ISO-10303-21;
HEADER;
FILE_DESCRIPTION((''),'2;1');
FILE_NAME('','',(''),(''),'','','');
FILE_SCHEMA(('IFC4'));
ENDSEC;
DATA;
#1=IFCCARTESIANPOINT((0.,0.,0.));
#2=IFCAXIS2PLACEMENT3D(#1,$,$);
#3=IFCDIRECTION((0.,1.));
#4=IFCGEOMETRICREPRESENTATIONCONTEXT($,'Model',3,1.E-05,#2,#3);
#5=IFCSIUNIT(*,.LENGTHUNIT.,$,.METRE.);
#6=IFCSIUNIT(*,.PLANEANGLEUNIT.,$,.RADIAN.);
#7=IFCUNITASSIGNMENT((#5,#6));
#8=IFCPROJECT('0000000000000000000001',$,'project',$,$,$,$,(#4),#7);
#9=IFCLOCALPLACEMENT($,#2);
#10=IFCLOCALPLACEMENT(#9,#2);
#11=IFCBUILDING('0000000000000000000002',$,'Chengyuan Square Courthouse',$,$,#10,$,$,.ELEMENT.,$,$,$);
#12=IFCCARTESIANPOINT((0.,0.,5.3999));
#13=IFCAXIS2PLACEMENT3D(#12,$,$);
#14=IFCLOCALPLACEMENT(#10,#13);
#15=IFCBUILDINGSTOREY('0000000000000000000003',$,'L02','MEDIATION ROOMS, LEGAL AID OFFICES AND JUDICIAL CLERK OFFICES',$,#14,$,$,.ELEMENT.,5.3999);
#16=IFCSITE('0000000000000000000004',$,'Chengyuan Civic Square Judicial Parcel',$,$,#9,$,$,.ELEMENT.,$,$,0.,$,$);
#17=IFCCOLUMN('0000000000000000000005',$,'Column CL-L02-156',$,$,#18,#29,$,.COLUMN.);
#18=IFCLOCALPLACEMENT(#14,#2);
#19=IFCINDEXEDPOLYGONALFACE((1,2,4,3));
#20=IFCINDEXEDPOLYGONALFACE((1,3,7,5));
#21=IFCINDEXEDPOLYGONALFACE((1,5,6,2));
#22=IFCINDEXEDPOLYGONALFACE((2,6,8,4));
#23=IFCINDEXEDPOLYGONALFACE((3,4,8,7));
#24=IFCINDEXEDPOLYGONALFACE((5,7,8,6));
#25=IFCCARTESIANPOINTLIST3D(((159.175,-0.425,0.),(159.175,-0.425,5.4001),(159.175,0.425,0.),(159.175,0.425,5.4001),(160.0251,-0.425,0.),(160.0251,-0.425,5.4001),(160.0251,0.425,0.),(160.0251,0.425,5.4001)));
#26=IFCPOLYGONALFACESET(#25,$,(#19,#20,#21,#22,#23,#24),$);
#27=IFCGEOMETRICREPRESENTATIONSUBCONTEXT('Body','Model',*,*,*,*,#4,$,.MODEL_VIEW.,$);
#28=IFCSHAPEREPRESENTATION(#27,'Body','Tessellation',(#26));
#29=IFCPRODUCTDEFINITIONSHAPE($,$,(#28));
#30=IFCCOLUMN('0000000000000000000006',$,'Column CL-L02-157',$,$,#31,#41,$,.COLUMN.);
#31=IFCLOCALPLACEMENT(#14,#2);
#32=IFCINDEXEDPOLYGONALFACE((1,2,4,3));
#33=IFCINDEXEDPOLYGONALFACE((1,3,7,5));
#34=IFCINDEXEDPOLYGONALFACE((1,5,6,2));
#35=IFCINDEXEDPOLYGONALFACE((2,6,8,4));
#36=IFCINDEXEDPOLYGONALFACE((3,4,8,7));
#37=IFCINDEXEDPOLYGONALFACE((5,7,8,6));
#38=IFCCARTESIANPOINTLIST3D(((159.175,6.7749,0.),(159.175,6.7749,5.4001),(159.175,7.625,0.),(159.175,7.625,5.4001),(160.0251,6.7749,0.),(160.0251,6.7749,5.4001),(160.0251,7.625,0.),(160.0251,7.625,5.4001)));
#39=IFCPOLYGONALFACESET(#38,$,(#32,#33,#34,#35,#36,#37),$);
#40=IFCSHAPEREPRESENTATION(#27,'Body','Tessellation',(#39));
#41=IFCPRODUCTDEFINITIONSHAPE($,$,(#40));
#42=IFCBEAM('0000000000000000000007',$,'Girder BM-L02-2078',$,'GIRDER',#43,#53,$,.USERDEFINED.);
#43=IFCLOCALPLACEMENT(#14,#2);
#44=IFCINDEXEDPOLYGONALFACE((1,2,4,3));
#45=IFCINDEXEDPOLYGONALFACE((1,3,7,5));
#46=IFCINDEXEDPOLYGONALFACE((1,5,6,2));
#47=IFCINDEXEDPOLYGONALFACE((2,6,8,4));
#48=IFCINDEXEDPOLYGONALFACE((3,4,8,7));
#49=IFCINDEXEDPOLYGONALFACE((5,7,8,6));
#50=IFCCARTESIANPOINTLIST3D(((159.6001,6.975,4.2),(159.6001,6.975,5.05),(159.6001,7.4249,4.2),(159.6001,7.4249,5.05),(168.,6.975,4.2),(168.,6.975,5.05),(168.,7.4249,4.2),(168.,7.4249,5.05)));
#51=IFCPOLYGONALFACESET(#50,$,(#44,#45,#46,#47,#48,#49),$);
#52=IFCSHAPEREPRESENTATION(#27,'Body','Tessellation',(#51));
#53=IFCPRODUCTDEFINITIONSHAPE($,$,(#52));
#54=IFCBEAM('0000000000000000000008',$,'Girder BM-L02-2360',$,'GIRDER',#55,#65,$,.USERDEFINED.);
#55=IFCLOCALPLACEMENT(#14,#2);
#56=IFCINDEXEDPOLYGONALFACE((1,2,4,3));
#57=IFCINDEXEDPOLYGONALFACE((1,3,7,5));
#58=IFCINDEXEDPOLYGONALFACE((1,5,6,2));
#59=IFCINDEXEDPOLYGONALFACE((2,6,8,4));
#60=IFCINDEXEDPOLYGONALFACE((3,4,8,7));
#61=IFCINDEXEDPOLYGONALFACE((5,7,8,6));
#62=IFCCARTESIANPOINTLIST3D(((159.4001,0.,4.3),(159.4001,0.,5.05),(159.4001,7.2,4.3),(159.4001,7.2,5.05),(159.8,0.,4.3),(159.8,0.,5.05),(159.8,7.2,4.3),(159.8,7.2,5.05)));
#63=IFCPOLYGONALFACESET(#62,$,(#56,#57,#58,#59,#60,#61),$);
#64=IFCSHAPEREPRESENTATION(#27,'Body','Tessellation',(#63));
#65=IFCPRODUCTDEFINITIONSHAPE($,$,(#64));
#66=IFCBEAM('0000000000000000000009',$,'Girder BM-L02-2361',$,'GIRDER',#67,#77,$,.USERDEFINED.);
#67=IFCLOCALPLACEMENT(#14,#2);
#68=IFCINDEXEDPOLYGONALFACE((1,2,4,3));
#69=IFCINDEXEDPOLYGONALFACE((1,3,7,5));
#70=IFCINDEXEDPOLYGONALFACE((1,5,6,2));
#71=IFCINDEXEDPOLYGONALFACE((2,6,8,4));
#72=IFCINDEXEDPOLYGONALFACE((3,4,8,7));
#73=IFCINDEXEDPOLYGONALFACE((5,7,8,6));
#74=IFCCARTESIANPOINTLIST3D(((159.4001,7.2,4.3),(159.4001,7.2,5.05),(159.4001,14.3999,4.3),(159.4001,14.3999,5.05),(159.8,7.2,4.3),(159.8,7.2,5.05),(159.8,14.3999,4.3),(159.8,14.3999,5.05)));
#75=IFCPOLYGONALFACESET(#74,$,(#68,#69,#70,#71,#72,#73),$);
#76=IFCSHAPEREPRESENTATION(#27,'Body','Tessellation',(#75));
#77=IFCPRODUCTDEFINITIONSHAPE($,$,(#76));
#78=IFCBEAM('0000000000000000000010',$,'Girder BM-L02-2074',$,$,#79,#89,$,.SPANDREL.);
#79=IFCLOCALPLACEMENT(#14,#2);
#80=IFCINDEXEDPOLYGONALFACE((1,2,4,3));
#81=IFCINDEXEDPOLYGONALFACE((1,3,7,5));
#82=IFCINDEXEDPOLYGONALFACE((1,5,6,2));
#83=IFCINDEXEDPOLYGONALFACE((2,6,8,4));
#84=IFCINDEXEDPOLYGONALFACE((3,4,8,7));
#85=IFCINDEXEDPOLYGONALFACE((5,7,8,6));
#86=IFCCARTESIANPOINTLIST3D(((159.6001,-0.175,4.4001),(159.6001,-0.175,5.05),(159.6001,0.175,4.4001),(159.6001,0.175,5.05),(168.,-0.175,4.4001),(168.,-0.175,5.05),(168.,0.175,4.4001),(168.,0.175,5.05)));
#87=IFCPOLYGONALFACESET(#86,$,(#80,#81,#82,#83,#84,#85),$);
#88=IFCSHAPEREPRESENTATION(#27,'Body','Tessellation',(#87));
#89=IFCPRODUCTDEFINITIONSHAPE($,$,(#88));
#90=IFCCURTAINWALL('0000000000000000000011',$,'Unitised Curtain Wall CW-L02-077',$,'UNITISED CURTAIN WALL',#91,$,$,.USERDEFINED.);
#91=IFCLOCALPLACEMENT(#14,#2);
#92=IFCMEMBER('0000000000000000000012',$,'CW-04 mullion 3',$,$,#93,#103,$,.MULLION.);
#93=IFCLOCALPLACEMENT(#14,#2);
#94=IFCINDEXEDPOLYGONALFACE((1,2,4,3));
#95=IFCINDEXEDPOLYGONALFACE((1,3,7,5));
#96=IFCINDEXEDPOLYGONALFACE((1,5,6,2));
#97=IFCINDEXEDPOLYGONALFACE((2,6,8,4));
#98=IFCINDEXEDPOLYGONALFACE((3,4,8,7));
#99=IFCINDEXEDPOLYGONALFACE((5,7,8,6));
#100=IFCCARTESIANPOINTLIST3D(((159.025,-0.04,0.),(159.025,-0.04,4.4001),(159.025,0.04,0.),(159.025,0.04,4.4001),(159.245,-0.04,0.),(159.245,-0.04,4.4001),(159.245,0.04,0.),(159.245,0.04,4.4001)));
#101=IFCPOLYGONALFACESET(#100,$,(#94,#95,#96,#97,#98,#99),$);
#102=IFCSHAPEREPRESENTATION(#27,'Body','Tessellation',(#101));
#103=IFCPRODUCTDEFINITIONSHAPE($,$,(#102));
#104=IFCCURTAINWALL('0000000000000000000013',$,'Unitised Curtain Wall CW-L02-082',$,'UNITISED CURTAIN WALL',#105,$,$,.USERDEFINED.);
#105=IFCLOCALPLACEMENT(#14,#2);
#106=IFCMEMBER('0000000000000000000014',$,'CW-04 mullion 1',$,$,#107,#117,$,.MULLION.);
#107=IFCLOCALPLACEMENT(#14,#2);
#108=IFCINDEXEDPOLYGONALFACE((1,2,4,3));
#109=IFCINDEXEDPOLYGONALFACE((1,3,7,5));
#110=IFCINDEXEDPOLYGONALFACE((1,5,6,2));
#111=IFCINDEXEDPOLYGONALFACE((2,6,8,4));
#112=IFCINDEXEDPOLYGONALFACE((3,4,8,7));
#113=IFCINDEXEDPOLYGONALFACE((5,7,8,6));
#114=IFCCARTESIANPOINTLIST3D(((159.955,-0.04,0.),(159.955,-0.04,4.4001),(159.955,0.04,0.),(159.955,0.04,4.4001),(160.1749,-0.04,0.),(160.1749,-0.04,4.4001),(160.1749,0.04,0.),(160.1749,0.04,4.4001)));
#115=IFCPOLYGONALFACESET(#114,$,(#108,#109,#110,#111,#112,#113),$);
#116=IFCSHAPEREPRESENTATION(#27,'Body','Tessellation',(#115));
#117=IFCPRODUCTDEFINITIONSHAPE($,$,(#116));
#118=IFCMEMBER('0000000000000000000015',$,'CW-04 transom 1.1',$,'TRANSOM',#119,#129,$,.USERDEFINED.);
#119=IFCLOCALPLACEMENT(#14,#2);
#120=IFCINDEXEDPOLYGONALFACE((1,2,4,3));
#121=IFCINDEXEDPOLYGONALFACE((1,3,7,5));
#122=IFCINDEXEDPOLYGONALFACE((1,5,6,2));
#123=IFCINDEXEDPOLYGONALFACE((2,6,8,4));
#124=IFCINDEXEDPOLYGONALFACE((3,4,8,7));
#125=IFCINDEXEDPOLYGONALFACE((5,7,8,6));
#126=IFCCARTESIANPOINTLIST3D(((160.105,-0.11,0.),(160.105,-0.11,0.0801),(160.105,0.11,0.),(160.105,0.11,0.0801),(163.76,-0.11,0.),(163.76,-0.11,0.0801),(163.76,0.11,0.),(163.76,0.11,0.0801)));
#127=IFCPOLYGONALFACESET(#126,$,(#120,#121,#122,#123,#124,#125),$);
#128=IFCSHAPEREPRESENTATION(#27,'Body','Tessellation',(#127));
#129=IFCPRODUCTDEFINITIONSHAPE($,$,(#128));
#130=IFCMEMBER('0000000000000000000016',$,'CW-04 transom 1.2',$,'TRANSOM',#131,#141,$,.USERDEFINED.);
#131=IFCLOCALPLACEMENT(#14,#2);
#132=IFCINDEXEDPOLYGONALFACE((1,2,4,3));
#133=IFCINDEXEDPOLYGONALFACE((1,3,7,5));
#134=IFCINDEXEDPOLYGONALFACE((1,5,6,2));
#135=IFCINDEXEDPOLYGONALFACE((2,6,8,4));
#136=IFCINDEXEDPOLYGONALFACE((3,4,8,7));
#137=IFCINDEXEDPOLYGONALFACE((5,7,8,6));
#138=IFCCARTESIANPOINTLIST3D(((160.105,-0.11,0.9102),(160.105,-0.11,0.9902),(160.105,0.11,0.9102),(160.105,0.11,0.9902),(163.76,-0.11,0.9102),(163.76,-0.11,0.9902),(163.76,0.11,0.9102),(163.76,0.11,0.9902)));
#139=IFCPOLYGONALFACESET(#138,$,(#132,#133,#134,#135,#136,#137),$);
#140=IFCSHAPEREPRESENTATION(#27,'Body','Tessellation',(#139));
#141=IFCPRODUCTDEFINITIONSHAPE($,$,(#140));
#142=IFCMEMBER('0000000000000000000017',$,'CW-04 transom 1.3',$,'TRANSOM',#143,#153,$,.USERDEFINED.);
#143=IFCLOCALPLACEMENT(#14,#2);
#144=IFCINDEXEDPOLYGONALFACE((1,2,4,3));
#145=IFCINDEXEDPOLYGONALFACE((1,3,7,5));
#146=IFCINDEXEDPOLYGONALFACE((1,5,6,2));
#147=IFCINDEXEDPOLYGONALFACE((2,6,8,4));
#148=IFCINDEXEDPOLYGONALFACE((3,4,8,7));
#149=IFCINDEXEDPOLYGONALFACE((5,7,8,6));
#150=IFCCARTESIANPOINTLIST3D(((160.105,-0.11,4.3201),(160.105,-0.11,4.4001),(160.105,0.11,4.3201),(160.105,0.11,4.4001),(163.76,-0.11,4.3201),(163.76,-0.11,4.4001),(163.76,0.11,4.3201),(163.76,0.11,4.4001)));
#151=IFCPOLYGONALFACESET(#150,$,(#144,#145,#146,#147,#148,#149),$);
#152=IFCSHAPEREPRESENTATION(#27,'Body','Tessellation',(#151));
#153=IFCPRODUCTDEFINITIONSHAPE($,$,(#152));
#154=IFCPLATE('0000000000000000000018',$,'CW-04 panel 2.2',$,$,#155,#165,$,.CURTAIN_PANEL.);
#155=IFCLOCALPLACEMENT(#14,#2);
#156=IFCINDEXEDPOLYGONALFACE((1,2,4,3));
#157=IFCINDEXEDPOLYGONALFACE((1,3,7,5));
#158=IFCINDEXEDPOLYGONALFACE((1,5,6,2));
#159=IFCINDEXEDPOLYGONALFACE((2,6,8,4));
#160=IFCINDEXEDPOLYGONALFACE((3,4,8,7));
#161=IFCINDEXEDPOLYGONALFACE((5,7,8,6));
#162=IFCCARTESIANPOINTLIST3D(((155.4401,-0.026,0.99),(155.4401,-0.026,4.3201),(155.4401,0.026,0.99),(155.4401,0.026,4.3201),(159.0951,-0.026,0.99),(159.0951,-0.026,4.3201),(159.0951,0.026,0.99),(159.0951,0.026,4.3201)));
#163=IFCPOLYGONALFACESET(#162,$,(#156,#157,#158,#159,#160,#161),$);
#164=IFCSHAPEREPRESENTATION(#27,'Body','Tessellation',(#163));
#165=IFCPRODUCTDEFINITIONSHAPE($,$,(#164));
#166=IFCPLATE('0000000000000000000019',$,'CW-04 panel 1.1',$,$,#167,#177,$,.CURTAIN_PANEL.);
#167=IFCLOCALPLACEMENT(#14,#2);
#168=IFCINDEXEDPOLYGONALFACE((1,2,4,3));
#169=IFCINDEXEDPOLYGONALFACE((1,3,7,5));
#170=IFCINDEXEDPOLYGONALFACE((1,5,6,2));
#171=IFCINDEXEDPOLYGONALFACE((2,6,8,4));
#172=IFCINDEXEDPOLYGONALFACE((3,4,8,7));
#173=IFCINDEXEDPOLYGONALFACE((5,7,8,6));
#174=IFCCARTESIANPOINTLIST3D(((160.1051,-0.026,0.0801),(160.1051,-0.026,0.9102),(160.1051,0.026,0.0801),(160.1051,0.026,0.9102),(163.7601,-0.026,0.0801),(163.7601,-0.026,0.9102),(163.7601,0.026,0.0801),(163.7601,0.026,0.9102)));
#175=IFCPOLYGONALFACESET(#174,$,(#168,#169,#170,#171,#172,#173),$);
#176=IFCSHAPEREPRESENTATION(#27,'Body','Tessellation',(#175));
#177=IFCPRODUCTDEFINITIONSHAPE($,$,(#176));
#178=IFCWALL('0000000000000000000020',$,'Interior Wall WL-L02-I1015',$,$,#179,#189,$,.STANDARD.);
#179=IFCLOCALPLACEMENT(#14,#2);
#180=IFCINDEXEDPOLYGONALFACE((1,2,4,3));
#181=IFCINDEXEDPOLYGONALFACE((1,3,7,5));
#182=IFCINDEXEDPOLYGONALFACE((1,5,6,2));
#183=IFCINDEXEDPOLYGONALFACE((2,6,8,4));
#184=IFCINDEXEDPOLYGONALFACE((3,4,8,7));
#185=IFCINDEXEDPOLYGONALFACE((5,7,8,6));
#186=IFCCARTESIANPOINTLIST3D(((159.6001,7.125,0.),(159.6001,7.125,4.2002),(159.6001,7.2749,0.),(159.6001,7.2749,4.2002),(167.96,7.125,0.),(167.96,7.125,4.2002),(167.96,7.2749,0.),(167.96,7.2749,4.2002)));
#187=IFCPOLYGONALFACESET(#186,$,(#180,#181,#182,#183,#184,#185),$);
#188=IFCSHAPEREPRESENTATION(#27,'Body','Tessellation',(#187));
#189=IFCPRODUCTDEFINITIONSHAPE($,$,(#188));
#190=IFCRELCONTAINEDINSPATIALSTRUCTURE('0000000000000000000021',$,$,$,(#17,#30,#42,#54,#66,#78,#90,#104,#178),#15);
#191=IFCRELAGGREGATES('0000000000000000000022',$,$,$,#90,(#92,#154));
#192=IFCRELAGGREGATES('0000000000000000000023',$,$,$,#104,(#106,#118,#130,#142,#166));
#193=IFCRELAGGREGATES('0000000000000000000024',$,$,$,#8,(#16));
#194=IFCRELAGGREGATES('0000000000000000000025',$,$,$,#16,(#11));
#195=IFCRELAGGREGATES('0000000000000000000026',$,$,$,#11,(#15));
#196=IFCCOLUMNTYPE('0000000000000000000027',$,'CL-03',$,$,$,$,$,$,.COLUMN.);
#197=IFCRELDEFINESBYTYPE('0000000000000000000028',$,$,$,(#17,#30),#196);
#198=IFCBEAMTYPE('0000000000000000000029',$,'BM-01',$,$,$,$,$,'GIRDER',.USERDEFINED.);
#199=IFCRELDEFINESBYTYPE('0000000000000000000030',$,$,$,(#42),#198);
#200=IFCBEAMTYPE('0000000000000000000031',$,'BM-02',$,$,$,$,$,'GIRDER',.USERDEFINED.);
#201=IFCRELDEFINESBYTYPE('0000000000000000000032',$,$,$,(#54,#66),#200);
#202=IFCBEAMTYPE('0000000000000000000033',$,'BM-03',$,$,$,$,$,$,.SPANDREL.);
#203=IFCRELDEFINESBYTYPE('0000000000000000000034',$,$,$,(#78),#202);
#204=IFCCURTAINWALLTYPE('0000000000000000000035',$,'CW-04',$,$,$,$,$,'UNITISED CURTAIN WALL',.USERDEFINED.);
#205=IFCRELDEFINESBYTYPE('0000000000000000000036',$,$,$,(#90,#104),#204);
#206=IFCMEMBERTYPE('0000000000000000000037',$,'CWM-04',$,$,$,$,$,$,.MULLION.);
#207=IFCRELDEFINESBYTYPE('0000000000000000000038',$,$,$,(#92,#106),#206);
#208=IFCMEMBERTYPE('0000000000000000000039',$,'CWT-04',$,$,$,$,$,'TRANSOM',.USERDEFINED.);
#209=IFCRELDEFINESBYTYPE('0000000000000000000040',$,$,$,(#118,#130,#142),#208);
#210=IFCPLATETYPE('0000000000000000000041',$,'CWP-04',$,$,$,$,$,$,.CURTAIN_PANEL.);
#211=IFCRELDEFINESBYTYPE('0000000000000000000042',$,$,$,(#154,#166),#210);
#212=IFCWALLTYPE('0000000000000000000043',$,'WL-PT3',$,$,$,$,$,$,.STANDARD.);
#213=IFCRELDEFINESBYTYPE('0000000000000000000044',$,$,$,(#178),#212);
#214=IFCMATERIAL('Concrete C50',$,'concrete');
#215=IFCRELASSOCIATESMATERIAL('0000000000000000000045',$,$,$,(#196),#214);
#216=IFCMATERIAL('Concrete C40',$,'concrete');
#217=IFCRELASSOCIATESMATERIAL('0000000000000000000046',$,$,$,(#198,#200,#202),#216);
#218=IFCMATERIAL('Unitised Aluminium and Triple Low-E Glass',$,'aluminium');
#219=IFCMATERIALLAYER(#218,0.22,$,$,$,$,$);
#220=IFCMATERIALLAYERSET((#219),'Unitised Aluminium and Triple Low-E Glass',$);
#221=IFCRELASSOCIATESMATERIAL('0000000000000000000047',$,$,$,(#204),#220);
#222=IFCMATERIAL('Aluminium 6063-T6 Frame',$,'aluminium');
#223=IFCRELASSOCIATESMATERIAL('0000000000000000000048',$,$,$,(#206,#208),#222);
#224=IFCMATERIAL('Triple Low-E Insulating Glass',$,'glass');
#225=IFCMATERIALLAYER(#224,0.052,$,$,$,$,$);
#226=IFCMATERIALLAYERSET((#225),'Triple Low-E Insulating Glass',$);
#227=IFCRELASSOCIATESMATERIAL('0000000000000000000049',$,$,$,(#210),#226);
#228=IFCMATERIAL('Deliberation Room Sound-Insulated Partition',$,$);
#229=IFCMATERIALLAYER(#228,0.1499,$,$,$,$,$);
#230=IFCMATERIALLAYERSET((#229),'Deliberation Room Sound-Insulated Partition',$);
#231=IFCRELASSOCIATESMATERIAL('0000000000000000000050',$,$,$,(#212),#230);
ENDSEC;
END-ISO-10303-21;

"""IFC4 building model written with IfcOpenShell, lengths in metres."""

from ifc_helpers import new_model, si_unit, direction, frame, frame_2d, origin, origin_2d, place, context, subcontext, project, spatial, rectangle, extrude, material, layer, layer_set, material_profile, profile_set, type_object, element, aggregate, save


model = new_model("IFC4")

# Units and contexts
model_context = context("Model", 3, precision=1e-05, world=origin(), true_north=direction((0.0, 1.0)))
body_context = subcontext(model_context, "Body", "Model", "MODEL_VIEW")
ifc_project = project(units=[si_unit("LENGTHUNIT", "METRE"), si_unit("PLANEANGLEUNIT", "RADIAN")], contexts=[model_context])

# Site, building, storey
site_placement = place(None, origin())
site = spatial("IfcSite", under=ifc_project, at=site_placement, Name="Chengyuan Civic Square Judicial Parcel", CompositionType="ELEMENT", RefElevation=0.0)
building_placement = place(site_placement, origin())
building = spatial("IfcBuilding", under=site, at=building_placement, Name="Chengyuan Square Courthouse", CompositionType="ELEMENT")
storey_placement = place(building_placement, frame((0.0, 0.0, 5.3999)))
storey = spatial("IfcBuildingStorey", under=building, at=storey_placement, Name="L02", Description="MEDIATION ROOMS, LEGAL AID OFFICES AND JUDICIAL CLERK OFFICES", CompositionType="ELEMENT", Elevation=5.3999)

# Columns
ifc_material_1 = material(Name="Concrete C50", Category="concrete")
ifc_material_profile_1 = material_profile(ifc_material_1, rectangle(XDim=0.8501, YDim=0.8501, at=origin_2d()), Name="RC-COL-850x850")
ifc_profile_set_1 = profile_set([ifc_material_profile_1], Name="Concrete C50")
column_type = type_object("IfcColumnType", Name="CL-03", PredefinedType="COLUMN", material=ifc_profile_set_1)
for number, where, z_axis, x_axis, name in (
    (1, (159.6001, 0.0, 0.0), (0.0, 0.0, 1.0), (1.0, 0.0, 0.0), "Column CL-L02-156"),
    (2, (159.6001, 7.2, 0.0), (0.0, 0.0, 1.0), (1.0, 0.0, 0.0), "Column CL-L02-157"),
):
    element("IfcColumn", number, at=place(storey_placement, frame(where, z_axis=z_axis, x_axis=x_axis)), inside=storey, type_object=column_type, Name=name, PredefinedType="COLUMN", context=body_context, shape_type="SweptSolid", body=[
        extrude(rectangle(XDim=0.8501, YDim=0.8501, at=origin_2d()), origin(), (0.0, 0.0, 1.0), 5.4001),
    ])

# Beams
ifc_material_2 = material(Name="Concrete C40", Category="concrete")
ifc_material_profile_2 = material_profile(ifc_material_2, rectangle(XDim=0.45, YDim=0.8501, at=origin_2d()), Name="RC-BM-450x850")
ifc_profile_set_2 = profile_set([ifc_material_profile_2], Name="Concrete C40")
beam_type_1 = type_object("IfcBeamType", Name="BM-01", ElementType="GIRDER", PredefinedType="USERDEFINED", material=ifc_profile_set_2)
beam_1_placement = place(storey_placement, frame((159.6001, 7.2, 4.625), z_axis=(1.0, 0.0, 0.0), x_axis=(0.0, 1.0, 0.0)))
element("IfcBeam", 3, at=beam_1_placement, inside=storey, type_object=beam_type_1, Name="Girder BM-L02-2078", ObjectType="GIRDER", PredefinedType="USERDEFINED", context=body_context, shape_type="SweptSolid", body=[
    extrude(rectangle(XDim=0.45, YDim=0.8501, at=origin_2d()), origin(), (0.0, 0.0, 1.0), 8.3999),
])
ifc_material_profile_3 = material_profile(ifc_material_2, rectangle(XDim=0.3999, YDim=0.75, at=origin_2d()), Name="RC-BM-400x750")
ifc_profile_set_3 = profile_set([ifc_material_profile_3], Name="Concrete C40")
beam_type_2 = type_object("IfcBeamType", Name="BM-02", ElementType="GIRDER", PredefinedType="USERDEFINED", material=ifc_profile_set_3)
for number, where, z_axis, x_axis, name in (
    (4, (159.6001, 0.0, 4.675), (0.0, 1.0, 0.0), (-1.0, 0.0, 0.0), "Girder BM-L02-2360"),
    (5, (159.6001, 7.2, 4.675), (0.0, 1.0, 0.0), (-1.0, 0.0, 0.0), "Girder BM-L02-2361"),
):
    element("IfcBeam", number, at=place(storey_placement, frame(where, z_axis=z_axis, x_axis=x_axis)), inside=storey, type_object=beam_type_2, Name=name, ObjectType="GIRDER", PredefinedType="USERDEFINED", context=body_context, shape_type="SweptSolid", body=[
        extrude(rectangle(XDim=0.3999, YDim=0.75, at=origin_2d()), origin(), (0.0, 0.0, 1.0), 7.2),
    ])
ifc_material_profile_4 = material_profile(ifc_material_2, rectangle(XDim=0.3501, YDim=0.6499, at=origin_2d()), Name="RC-BM-350x650")
ifc_profile_set_4 = profile_set([ifc_material_profile_4], Name="Concrete C40")
beam_type_3 = type_object("IfcBeamType", Name="BM-03", PredefinedType="SPANDREL", material=ifc_profile_set_4)
beam_2_placement = place(storey_placement, frame((159.6001, 0.0, 4.7251), z_axis=(1.0, 0.0, 0.0), x_axis=(0.0, 1.0, 0.0)))
element("IfcBeam", 6, at=beam_2_placement, inside=storey, type_object=beam_type_3, Name="Girder BM-L02-2074", PredefinedType="SPANDREL", context=body_context, shape_type="SweptSolid", body=[
    extrude(rectangle(XDim=0.3501, YDim=0.6499, at=origin_2d()), origin(), (0.0, 0.0, 1.0), 8.3999),
])

# Curtain wall, member
ifc_material_3 = material(Name="Unitised Aluminium and Triple Low-E Glass", Category="aluminium")
ifc_layer_1 = layer(ifc_material_3, 0.22)
ifc_layer_set_1 = layer_set([ifc_layer_1], Name="Unitised Aluminium and Triple Low-E Glass")
curtain_wall_type = type_object("IfcCurtainWallType", Name="CW-04", ElementType="UNITISED CURTAIN WALL", PredefinedType="USERDEFINED", material=ifc_layer_set_1)
curtain_wall_1_placement = place(storey_placement, origin())
curtain_wall_1 = element("IfcCurtainWall", 7, at=curtain_wall_1_placement, inside=storey, type_object=curtain_wall_type, Name="Unitised Curtain Wall CW-L02-077", ObjectType="UNITISED CURTAIN WALL", PredefinedType="USERDEFINED")
ifc_material_4 = material(Name="Aluminium 6063-T6 Frame", Category="aluminium")
ifc_material_profile_5 = material_profile(ifc_material_4, rectangle(XDim=0.0801, YDim=0.22, at=origin_2d()), Name="CW-MUL-80x220")
ifc_profile_set_5 = profile_set([ifc_material_profile_5], Name="Aluminium 6063-T6 Frame")
member_type_1 = type_object("IfcMemberType", Name="CWM-04", PredefinedType="MULLION", material=ifc_profile_set_5)
member_1_placement = place(storey_placement, frame((159.135, 0.0, 0.0), z_axis=(0.0, 0.0, 1.0), x_axis=(0.0, 1.0, 0.0)))
member_1 = element("IfcMember", 8, at=member_1_placement, type_object=member_type_1, Name="CW-04 mullion 3", PredefinedType="MULLION", context=body_context, shape_type="SweptSolid", body=[
    extrude(rectangle(XDim=0.0801, YDim=0.22, at=origin_2d()), origin(), (0.0, 0.0, 1.0), 4.4001),
])

# Curtain wall, members
curtain_wall_2_placement = place(storey_placement, origin())
curtain_wall_2 = element("IfcCurtainWall", 9, at=curtain_wall_2_placement, inside=storey, type_object=curtain_wall_type, Name="Unitised Curtain Wall CW-L02-082", ObjectType="UNITISED CURTAIN WALL", PredefinedType="USERDEFINED")
member_2_placement = place(storey_placement, frame((160.0649, 0.0, 0.0), z_axis=(0.0, 0.0, 1.0), x_axis=(0.0, 1.0, 0.0)))
member_2 = element("IfcMember", 10, at=member_2_placement, type_object=member_type_1, Name="CW-04 mullion 1", PredefinedType="MULLION", context=body_context, shape_type="SweptSolid", body=[
    extrude(rectangle(XDim=0.0801, YDim=0.22, at=origin_2d()), origin(), (0.0, 0.0, 1.0), 4.4001),
])
ifc_material_profile_6 = material_profile(ifc_material_4, rectangle(XDim=0.22, YDim=0.0801, at=origin_2d()), Name="CW-TRN-80x180")
ifc_profile_set_6 = profile_set([ifc_material_profile_6], Name="Aluminium 6063-T6 Frame")
member_type_2 = type_object("IfcMemberType", Name="CWT-04", ElementType="TRANSOM", PredefinedType="USERDEFINED", material=ifc_profile_set_6)
member_3_placement = place(storey_placement, frame((160.105, 0.0, 0.04), z_axis=(1.0, 0.0, 0.0), x_axis=(0.0, 1.0, 0.0)))
member_3 = element("IfcMember", 11, at=member_3_placement, type_object=member_type_2, Name="CW-04 transom 1.1", ObjectType="TRANSOM", PredefinedType="USERDEFINED", context=body_context, shape_type="SweptSolid", body=[
    extrude(rectangle(XDim=0.22, YDim=0.0801, at=origin_2d()), origin(), (0.0, 0.0, 1.0), 3.655),
])
member_4_placement = place(storey_placement, frame((160.105, 0.0, 0.9502), z_axis=(1.0, 0.0, 0.0), x_axis=(0.0, 1.0, 0.0)))
member_4 = element("IfcMember", 12, at=member_4_placement, type_object=member_type_2, Name="CW-04 transom 1.2", ObjectType="TRANSOM", PredefinedType="USERDEFINED", context=body_context, shape_type="SweptSolid", body=[
    extrude(rectangle(XDim=0.22, YDim=0.0801, at=origin_2d()), origin(), (0.0, 0.0, 1.0), 3.655),
])
member_5_placement = place(storey_placement, frame((160.105, 0.0, 4.3601), z_axis=(1.0, 0.0, 0.0), x_axis=(0.0, 1.0, 0.0)))
member_5 = element("IfcMember", 13, at=member_5_placement, type_object=member_type_2, Name="CW-04 transom 1.3", ObjectType="TRANSOM", PredefinedType="USERDEFINED", context=body_context, shape_type="SweptSolid", body=[
    extrude(rectangle(XDim=0.22, YDim=0.0801, at=origin_2d()), origin(), (0.0, 0.0, 1.0), 3.655),
])

# Plates
ifc_material_5 = material(Name="Triple Low-E Insulating Glass", Category="glass")
ifc_layer_2 = layer(ifc_material_5, 0.052)
ifc_layer_set_2 = layer_set([ifc_layer_2], Name="Triple Low-E Insulating Glass")
plate_type = type_object("IfcPlateType", Name="CWP-04", PredefinedType="CURTAIN_PANEL", material=ifc_layer_set_2)
plate_1_placement = place(storey_placement, frame((157.2676, 0.0, 0.99), z_axis=(0.0, 0.0, 1.0), x_axis=(1.0, 0.0, 0.0)))
plate_1 = element("IfcPlate", 14, at=plate_1_placement, type_object=plate_type, Name="CW-04 panel 2.2", PredefinedType="CURTAIN_PANEL", context=body_context, shape_type="SweptSolid", body=[
    extrude(rectangle(XDim=3.655, YDim=0.052, at=origin_2d()), origin(), (0.0, 0.0, 1.0), 3.3301),
])
aggregate(curtain_wall_1, [member_1, plate_1])
plate_2_placement = place(storey_placement, frame((161.9326, 0.0, 0.0801), z_axis=(0.0, 0.0, 1.0), x_axis=(1.0, 0.0, 0.0)))
plate_2 = element("IfcPlate", 15, at=plate_2_placement, type_object=plate_type, Name="CW-04 panel 1.1", PredefinedType="CURTAIN_PANEL", context=body_context, shape_type="SweptSolid", body=[
    extrude(rectangle(XDim=3.655, YDim=0.052, at=origin_2d()), origin(), (0.0, 0.0, 1.0), 0.8301),
])
aggregate(curtain_wall_2, [member_2, member_3, member_4, member_5, plate_2])

# Wall
ifc_material_6 = material(Name="Deliberation Room Sound-Insulated Partition")
ifc_layer_3 = layer(ifc_material_6, 0.1499)
ifc_layer_set_3 = layer_set([ifc_layer_3], Name="Deliberation Room Sound-Insulated Partition")
wall_type = type_object("IfcWallType", Name="WL-PT3", PredefinedType="STANDARD", material=ifc_layer_set_3)
wall_1_placement = place(storey_placement, frame((159.6001, 7.2, 0.0), z_axis=(0.0, 0.0, 1.0), x_axis=(1.0, 0.0, 0.0)))
element("IfcWall", 16, at=wall_1_placement, inside=storey, type_object=wall_type, Name="Interior Wall WL-L02-I1015", PredefinedType="STANDARD", context=body_context, shape_type="SweptSolid", body=[
    extrude(rectangle(XDim=8.3599, YDim=0.1499, at=frame_2d((4.1799, 0.0))), origin(), (0.0, 0.0, 1.0), 4.2002),
])

save(model, "model.ifc")
